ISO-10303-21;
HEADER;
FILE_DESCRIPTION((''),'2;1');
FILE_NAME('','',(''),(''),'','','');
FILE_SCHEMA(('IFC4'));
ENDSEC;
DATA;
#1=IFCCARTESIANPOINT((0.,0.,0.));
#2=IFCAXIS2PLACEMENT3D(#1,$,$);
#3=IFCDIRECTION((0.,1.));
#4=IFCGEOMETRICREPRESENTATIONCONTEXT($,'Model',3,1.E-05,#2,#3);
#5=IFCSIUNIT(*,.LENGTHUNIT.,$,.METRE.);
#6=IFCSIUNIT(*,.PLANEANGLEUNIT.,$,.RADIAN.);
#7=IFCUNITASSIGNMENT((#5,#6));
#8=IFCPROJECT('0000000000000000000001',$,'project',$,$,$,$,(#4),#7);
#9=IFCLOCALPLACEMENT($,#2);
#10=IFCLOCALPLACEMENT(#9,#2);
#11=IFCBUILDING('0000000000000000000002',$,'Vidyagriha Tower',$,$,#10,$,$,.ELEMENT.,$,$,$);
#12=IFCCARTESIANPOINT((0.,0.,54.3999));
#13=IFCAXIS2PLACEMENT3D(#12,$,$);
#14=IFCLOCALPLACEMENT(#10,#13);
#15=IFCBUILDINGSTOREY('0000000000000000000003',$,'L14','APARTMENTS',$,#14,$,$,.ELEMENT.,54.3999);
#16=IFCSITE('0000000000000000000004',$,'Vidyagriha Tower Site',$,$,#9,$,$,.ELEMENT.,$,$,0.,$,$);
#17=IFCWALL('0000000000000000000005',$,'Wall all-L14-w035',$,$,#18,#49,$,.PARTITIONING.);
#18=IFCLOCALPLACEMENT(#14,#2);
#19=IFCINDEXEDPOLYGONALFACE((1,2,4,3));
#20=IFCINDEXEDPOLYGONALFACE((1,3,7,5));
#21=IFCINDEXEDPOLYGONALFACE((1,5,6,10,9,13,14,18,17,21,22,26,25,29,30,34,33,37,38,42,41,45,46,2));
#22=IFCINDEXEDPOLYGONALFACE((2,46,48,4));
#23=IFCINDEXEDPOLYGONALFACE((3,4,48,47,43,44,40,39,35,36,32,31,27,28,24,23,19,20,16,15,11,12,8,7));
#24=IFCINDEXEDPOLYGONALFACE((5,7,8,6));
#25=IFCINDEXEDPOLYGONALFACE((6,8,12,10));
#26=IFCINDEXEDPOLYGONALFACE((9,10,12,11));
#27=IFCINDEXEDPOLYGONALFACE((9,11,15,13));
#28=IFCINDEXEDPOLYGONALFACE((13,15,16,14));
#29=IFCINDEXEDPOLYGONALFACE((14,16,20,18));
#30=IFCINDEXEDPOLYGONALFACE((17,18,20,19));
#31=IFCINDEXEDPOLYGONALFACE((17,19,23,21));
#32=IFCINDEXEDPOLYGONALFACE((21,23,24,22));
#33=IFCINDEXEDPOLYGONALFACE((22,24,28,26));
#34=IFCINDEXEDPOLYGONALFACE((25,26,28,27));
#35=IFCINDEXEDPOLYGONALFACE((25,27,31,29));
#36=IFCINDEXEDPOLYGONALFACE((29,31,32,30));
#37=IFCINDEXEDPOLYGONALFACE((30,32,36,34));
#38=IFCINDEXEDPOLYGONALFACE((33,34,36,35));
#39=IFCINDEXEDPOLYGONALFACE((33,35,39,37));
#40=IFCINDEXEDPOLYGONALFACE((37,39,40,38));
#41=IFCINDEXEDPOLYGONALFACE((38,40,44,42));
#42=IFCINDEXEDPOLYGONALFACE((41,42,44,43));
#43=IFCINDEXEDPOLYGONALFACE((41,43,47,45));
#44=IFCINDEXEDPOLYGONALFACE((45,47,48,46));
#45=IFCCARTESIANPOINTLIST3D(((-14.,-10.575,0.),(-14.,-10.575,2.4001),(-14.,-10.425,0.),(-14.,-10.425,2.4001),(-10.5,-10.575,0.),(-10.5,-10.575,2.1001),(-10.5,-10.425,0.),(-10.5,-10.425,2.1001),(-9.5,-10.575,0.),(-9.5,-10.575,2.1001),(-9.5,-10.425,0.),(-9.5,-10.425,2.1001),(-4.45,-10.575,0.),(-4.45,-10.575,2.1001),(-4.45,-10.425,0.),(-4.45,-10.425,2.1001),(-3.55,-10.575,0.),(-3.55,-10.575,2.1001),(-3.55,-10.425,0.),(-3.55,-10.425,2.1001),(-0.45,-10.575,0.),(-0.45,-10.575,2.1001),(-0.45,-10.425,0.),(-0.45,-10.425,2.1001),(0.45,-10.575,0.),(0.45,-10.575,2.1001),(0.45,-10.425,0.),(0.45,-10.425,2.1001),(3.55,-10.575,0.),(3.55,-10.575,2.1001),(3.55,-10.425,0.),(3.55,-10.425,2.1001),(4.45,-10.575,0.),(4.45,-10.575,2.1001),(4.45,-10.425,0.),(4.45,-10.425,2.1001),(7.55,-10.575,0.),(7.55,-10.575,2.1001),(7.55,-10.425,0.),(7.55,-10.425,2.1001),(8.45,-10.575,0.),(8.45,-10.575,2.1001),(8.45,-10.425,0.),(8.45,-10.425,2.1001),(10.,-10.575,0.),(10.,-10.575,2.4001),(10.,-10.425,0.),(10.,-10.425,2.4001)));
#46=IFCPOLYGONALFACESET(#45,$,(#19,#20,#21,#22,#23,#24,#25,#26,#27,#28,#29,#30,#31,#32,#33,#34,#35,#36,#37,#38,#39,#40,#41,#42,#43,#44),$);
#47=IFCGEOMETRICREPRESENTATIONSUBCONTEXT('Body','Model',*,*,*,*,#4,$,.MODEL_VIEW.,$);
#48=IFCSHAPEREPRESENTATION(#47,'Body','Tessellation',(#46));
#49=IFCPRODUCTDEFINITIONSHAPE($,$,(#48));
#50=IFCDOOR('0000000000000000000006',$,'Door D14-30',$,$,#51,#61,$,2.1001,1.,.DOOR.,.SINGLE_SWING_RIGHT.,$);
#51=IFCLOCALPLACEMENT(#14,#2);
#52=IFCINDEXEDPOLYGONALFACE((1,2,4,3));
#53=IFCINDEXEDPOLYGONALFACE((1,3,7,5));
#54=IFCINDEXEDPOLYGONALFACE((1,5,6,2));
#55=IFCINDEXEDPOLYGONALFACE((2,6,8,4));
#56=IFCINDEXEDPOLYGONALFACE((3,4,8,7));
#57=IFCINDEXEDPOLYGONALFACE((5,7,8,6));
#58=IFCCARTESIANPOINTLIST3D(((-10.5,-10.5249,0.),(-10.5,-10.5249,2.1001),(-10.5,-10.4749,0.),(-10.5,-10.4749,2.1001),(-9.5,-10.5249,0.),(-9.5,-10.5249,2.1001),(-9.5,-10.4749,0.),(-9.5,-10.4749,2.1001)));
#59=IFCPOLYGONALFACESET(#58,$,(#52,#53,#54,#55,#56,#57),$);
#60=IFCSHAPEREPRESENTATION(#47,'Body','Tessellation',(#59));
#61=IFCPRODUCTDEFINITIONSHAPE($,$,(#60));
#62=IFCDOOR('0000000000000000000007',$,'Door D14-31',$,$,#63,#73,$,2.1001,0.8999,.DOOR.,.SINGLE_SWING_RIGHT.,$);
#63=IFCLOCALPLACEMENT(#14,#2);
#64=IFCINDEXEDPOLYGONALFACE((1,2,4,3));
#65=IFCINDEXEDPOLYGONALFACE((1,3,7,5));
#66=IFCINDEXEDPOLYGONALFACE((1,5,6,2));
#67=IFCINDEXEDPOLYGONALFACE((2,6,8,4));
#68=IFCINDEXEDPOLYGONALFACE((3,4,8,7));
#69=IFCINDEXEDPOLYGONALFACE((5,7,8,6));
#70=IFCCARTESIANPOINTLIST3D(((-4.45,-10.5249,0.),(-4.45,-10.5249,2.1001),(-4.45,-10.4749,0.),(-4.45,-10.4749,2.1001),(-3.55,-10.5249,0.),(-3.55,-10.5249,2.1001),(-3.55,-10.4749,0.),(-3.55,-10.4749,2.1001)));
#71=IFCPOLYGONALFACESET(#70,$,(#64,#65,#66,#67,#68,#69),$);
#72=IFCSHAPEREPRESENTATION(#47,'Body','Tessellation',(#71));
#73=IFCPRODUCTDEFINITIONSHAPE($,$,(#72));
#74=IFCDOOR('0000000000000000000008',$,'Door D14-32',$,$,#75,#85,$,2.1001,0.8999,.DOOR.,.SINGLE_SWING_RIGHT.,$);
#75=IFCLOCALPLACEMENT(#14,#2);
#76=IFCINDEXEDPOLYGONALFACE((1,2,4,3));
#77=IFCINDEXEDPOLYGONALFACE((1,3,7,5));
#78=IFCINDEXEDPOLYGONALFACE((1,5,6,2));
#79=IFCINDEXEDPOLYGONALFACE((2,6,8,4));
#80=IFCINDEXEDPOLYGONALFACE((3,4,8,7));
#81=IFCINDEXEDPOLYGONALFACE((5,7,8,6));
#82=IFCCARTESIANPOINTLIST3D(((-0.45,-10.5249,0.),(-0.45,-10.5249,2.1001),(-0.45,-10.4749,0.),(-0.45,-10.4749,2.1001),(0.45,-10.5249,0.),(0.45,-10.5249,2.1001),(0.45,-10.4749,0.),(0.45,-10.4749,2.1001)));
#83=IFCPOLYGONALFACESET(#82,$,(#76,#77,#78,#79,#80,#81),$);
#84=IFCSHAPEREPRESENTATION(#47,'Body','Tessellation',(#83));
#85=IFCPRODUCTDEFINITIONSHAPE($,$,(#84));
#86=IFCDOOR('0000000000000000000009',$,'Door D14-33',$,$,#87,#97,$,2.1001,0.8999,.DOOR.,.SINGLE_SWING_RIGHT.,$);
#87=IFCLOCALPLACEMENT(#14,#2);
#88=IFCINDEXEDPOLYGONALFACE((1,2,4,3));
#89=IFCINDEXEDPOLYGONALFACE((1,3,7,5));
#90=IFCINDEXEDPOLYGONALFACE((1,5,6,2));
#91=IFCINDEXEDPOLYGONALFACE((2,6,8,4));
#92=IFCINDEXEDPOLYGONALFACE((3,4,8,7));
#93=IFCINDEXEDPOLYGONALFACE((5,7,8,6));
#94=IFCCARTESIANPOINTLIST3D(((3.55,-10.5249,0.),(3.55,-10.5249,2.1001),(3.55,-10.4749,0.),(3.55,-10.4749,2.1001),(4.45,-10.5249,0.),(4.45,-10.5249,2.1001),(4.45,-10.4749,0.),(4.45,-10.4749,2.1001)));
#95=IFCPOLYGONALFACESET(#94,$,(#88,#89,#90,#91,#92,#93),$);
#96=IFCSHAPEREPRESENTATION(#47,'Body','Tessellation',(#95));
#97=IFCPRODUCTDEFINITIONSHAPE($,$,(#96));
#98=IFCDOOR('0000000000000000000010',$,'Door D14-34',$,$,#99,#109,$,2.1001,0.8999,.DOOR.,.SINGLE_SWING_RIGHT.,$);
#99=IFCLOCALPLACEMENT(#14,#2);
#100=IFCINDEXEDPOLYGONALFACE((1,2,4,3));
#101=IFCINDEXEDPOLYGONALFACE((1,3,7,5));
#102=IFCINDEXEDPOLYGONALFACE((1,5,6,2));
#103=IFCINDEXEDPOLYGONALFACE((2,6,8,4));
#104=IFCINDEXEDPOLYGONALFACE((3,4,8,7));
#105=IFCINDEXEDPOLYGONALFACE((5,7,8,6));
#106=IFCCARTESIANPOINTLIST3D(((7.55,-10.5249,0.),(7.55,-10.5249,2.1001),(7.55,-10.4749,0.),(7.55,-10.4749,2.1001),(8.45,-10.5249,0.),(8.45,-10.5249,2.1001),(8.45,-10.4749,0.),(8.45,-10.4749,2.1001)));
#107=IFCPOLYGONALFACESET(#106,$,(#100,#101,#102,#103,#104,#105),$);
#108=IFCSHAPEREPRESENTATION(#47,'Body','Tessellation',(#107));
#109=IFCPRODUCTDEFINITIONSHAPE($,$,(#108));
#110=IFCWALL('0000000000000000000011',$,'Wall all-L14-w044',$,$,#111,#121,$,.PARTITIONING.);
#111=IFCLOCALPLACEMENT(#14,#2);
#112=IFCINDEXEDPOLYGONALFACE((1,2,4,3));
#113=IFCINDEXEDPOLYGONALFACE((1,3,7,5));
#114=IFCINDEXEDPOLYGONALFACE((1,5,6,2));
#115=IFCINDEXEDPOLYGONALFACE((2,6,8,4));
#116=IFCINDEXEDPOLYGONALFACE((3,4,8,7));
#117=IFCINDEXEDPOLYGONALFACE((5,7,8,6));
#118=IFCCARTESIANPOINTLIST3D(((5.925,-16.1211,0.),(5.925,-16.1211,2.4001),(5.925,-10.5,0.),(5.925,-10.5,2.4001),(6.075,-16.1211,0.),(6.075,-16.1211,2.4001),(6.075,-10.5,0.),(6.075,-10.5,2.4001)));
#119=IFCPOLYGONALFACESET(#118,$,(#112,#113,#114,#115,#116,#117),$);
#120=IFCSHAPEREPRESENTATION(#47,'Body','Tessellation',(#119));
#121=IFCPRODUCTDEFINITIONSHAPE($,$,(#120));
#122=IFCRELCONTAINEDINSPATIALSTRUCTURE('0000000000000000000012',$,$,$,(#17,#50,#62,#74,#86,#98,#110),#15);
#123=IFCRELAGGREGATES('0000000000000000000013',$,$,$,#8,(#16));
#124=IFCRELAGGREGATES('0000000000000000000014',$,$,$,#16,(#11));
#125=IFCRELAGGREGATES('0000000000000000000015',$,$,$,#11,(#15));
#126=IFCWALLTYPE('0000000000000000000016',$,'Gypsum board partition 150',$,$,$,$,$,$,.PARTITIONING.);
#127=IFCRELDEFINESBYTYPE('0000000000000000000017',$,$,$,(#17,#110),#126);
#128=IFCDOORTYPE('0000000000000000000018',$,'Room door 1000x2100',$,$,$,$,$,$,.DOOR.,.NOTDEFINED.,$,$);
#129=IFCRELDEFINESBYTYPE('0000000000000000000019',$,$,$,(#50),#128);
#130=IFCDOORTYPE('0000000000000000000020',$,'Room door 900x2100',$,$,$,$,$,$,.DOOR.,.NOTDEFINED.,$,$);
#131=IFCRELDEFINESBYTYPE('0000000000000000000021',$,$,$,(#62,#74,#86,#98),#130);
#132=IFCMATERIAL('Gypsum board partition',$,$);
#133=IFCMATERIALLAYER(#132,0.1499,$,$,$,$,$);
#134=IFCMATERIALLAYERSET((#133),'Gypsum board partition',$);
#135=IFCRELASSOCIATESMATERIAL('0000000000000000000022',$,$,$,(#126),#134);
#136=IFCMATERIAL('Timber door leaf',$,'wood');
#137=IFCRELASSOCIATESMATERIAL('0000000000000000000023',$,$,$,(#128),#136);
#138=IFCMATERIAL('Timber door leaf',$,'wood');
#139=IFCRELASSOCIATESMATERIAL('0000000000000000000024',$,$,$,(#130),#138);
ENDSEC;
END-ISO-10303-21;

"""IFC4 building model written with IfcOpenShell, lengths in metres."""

from ifc_helpers import new_model, si_unit, direction, frame, frame_2d, origin, place, context, subcontext, project, spatial, rectangle, extrude, material, layer, layer_set, type_object, element, fill, save


model = new_model("IFC4")

# Units and contexts
model_context = context("Model", 3, precision=1e-05, world=origin(), true_north=direction((0.0, 1.0)))
body_context = subcontext(model_context, "Body", "Model", "MODEL_VIEW")
ifc_project = project(units=[si_unit("LENGTHUNIT", "METRE"), si_unit("PLANEANGLEUNIT", "RADIAN")], contexts=[model_context])

# Site, building, storey
site_placement = place(None, origin())
site = spatial("IfcSite", under=ifc_project, at=site_placement, Name="Vidyagriha Tower Site", CompositionType="ELEMENT", RefElevation=0.0)
building_placement = place(site_placement, origin())
building = spatial("IfcBuilding", under=site, at=building_placement, Name="Vidyagriha Tower", CompositionType="ELEMENT")
storey_placement = place(building_placement, frame((0.0, 0.0, 54.3999)))
storey = spatial("IfcBuildingStorey", under=building, at=storey_placement, Name="L14", Description="APARTMENTS", CompositionType="ELEMENT", Elevation=54.3999)

# Shared definitions
ifc_material_1 = material(Name="Gypsum board partition")
ifc_layer_1 = layer(ifc_material_1, 0.1499)
ifc_layer_set_1 = layer_set([ifc_layer_1], Name="Gypsum board partition")
wall_type_1 = type_object("IfcWallType", Name="Gypsum board partition 150", PredefinedType="PARTITIONING", material=ifc_layer_set_1)

# Wall, openings, doors
wall_1_placement = place(storey_placement, frame((10.0, -10.5, 0.0), z_axis=(0.0, 0.0, 1.0), x_axis=(-1.0, 0.0, 0.0)))
wall_1 = element("IfcWall", 1, at=wall_1_placement, inside=storey, type_object=wall_type_1, Name="Wall all-L14-w035", PredefinedType="PARTITIONING", context=body_context, shape_type="SweptSolid", body=[
    extrude(rectangle(XDim=24.0, YDim=0.1499, at=frame_2d((12.0, 0.0))), origin(), (0.0, 0.0, 1.0), 2.4001),
])
opening_1_placement = place(wall_1_placement, frame((19.5, 0.0, 0.0)))
opening_1 = element("IfcOpeningElement", 2, at=opening_1_placement, cuts=wall_1, PredefinedType="OPENING", context=body_context, shape_type="SweptSolid", body=[
    extrude(rectangle(XDim=1.0, YDim=2.1001, at=frame_2d((0.5, 1.05))), frame((0.0, 0.085, 0.0), z_axis=(0.0, -1.0, 0.0), x_axis=(1.0, 0.0, 0.0)), (0.0, 0.0, 1.0), 0.1699),
])
opening_2_placement = place(wall_1_placement, frame((13.55, 0.0, 0.0)))
opening_2 = element("IfcOpeningElement", 3, at=opening_2_placement, cuts=wall_1, PredefinedType="OPENING", context=body_context, shape_type="SweptSolid", body=[
    extrude(rectangle(XDim=0.8999, YDim=2.1001, at=frame_2d((0.45, 1.05))), frame((0.0, 0.085, 0.0), z_axis=(0.0, -1.0, 0.0), x_axis=(1.0, 0.0, 0.0)), (0.0, 0.0, 1.0), 0.1699),
])
opening_3_placement = place(wall_1_placement, frame((9.55, 0.0, 0.0)))
opening_3 = element("IfcOpeningElement", 4, at=opening_3_placement, cuts=wall_1, PredefinedType="OPENING", context=body_context, shape_type="SweptSolid", body=[
    extrude(rectangle(XDim=0.8999, YDim=2.1001, at=frame_2d((0.45, 1.05))), frame((0.0, 0.085, 0.0), z_axis=(0.0, -1.0, 0.0), x_axis=(1.0, 0.0, 0.0)), (0.0, 0.0, 1.0), 0.1699),
])
opening_4_placement = place(wall_1_placement, frame((5.55, 0.0, 0.0)))
opening_4 = element("IfcOpeningElement", 5, at=opening_4_placement, cuts=wall_1, PredefinedType="OPENING", context=body_context, shape_type="SweptSolid", body=[
    extrude(rectangle(XDim=0.8999, YDim=2.1001, at=frame_2d((0.45, 1.05))), frame((0.0, 0.085, 0.0), z_axis=(0.0, -1.0, 0.0), x_axis=(1.0, 0.0, 0.0)), (0.0, 0.0, 1.0), 0.1699),
])
opening_5_placement = place(wall_1_placement, frame((1.55, 0.0, 0.0)))
opening_5 = element("IfcOpeningElement", 6, at=opening_5_placement, cuts=wall_1, PredefinedType="OPENING", context=body_context, shape_type="SweptSolid", body=[
    extrude(rectangle(XDim=0.8999, YDim=2.1001, at=frame_2d((0.45, 1.05))), frame((0.0, 0.085, 0.0), z_axis=(0.0, -1.0, 0.0), x_axis=(1.0, 0.0, 0.0)), (0.0, 0.0, 1.0), 0.1699),
])
ifc_material_2 = material(Name="Timber door leaf", Category="wood")
door_type_1 = type_object("IfcDoorType", Name="Room door 1000x2100", OperationType="NOTDEFINED", PredefinedType="DOOR", material=ifc_material_2)
door_1_placement = place(opening_1_placement, origin())
door_1 = element("IfcDoor", 7, at=door_1_placement, inside=storey, type_object=door_type_1, Name="Door D14-30", OperationType="SINGLE_SWING_RIGHT", OverallHeight=2.1001, OverallWidth=1.0, PredefinedType="DOOR", context=body_context, shape_type="SweptSolid", body=[
    extrude(rectangle(XDim=1.0, YDim=2.1001, at=frame_2d((0.5, 1.05))), frame((0.0, 0.0249, 0.0), z_axis=(0.0, -1.0, 0.0), x_axis=(1.0, 0.0, 0.0)), (0.0, 0.0, 1.0), 0.05),
])
fill(opening_1, door_1)
ifc_material_3 = material(Name="Timber door leaf", Category="wood")
door_type_2 = type_object("IfcDoorType", Name="Room door 900x2100", OperationType="NOTDEFINED", PredefinedType="DOOR", material=ifc_material_3)
door_2_placement = place(opening_2_placement, origin())
door_2 = element("IfcDoor", 8, at=door_2_placement, inside=storey, type_object=door_type_2, Name="Door D14-31", OperationType="SINGLE_SWING_RIGHT", OverallHeight=2.1001, OverallWidth=0.8999, PredefinedType="DOOR", context=body_context, shape_type="SweptSolid", body=[
    extrude(rectangle(XDim=0.8999, YDim=2.1001, at=frame_2d((0.45, 1.05))), frame((0.0, 0.0249, 0.0), z_axis=(0.0, -1.0, 0.0), x_axis=(1.0, 0.0, 0.0)), (0.0, 0.0, 1.0), 0.05),
])
fill(opening_2, door_2)
door_3_placement = place(opening_3_placement, origin())
door_3 = element("IfcDoor", 9, at=door_3_placement, inside=storey, type_object=door_type_2, Name="Door D14-32", OperationType="SINGLE_SWING_RIGHT", OverallHeight=2.1001, OverallWidth=0.8999, PredefinedType="DOOR", context=body_context, shape_type="SweptSolid", body=[
    extrude(rectangle(XDim=0.8999, YDim=2.1001, at=frame_2d((0.45, 1.05))), frame((0.0, 0.0249, 0.0), z_axis=(0.0, -1.0, 0.0), x_axis=(1.0, 0.0, 0.0)), (0.0, 0.0, 1.0), 0.05),
])
fill(opening_3, door_3)
door_4_placement = place(opening_4_placement, origin())
door_4 = element("IfcDoor", 10, at=door_4_placement, inside=storey, type_object=door_type_2, Name="Door D14-33", OperationType="SINGLE_SWING_RIGHT", OverallHeight=2.1001, OverallWidth=0.8999, PredefinedType="DOOR", context=body_context, shape_type="SweptSolid", body=[
    extrude(rectangle(XDim=0.8999, YDim=2.1001, at=frame_2d((0.45, 1.05))), frame((0.0, 0.0249, 0.0), z_axis=(0.0, -1.0, 0.0), x_axis=(1.0, 0.0, 0.0)), (0.0, 0.0, 1.0), 0.05),
])
fill(opening_4, door_4)
door_5_placement = place(opening_5_placement, origin())
door_5 = element("IfcDoor", 11, at=door_5_placement, inside=storey, type_object=door_type_2, Name="Door D14-34", OperationType="SINGLE_SWING_RIGHT", OverallHeight=2.1001, OverallWidth=0.8999, PredefinedType="DOOR", context=body_context, shape_type="SweptSolid", body=[
    extrude(rectangle(XDim=0.8999, YDim=2.1001, at=frame_2d((0.45, 1.05))), frame((0.0, 0.0249, 0.0), z_axis=(0.0, -1.0, 0.0), x_axis=(1.0, 0.0, 0.0)), (0.0, 0.0, 1.0), 0.05),
])
fill(opening_5, door_5)

# Wall
wall_2_placement = place(storey_placement, frame((6.0, -10.5, 0.0), z_axis=(0.0, 0.0, 1.0), x_axis=(0.0, -1.0, 0.0)))
element("IfcWall", 12, at=wall_2_placement, inside=storey, type_object=wall_type_1, Name="Wall all-L14-w044", PredefinedType="PARTITIONING", context=body_context, shape_type="SweptSolid", body=[
    extrude(rectangle(XDim=5.6211, YDim=0.1499, at=frame_2d((2.8105, 0.0))), origin(), (0.0, 0.0, 1.0), 2.4001),
])

save(model, "model.ifc")
